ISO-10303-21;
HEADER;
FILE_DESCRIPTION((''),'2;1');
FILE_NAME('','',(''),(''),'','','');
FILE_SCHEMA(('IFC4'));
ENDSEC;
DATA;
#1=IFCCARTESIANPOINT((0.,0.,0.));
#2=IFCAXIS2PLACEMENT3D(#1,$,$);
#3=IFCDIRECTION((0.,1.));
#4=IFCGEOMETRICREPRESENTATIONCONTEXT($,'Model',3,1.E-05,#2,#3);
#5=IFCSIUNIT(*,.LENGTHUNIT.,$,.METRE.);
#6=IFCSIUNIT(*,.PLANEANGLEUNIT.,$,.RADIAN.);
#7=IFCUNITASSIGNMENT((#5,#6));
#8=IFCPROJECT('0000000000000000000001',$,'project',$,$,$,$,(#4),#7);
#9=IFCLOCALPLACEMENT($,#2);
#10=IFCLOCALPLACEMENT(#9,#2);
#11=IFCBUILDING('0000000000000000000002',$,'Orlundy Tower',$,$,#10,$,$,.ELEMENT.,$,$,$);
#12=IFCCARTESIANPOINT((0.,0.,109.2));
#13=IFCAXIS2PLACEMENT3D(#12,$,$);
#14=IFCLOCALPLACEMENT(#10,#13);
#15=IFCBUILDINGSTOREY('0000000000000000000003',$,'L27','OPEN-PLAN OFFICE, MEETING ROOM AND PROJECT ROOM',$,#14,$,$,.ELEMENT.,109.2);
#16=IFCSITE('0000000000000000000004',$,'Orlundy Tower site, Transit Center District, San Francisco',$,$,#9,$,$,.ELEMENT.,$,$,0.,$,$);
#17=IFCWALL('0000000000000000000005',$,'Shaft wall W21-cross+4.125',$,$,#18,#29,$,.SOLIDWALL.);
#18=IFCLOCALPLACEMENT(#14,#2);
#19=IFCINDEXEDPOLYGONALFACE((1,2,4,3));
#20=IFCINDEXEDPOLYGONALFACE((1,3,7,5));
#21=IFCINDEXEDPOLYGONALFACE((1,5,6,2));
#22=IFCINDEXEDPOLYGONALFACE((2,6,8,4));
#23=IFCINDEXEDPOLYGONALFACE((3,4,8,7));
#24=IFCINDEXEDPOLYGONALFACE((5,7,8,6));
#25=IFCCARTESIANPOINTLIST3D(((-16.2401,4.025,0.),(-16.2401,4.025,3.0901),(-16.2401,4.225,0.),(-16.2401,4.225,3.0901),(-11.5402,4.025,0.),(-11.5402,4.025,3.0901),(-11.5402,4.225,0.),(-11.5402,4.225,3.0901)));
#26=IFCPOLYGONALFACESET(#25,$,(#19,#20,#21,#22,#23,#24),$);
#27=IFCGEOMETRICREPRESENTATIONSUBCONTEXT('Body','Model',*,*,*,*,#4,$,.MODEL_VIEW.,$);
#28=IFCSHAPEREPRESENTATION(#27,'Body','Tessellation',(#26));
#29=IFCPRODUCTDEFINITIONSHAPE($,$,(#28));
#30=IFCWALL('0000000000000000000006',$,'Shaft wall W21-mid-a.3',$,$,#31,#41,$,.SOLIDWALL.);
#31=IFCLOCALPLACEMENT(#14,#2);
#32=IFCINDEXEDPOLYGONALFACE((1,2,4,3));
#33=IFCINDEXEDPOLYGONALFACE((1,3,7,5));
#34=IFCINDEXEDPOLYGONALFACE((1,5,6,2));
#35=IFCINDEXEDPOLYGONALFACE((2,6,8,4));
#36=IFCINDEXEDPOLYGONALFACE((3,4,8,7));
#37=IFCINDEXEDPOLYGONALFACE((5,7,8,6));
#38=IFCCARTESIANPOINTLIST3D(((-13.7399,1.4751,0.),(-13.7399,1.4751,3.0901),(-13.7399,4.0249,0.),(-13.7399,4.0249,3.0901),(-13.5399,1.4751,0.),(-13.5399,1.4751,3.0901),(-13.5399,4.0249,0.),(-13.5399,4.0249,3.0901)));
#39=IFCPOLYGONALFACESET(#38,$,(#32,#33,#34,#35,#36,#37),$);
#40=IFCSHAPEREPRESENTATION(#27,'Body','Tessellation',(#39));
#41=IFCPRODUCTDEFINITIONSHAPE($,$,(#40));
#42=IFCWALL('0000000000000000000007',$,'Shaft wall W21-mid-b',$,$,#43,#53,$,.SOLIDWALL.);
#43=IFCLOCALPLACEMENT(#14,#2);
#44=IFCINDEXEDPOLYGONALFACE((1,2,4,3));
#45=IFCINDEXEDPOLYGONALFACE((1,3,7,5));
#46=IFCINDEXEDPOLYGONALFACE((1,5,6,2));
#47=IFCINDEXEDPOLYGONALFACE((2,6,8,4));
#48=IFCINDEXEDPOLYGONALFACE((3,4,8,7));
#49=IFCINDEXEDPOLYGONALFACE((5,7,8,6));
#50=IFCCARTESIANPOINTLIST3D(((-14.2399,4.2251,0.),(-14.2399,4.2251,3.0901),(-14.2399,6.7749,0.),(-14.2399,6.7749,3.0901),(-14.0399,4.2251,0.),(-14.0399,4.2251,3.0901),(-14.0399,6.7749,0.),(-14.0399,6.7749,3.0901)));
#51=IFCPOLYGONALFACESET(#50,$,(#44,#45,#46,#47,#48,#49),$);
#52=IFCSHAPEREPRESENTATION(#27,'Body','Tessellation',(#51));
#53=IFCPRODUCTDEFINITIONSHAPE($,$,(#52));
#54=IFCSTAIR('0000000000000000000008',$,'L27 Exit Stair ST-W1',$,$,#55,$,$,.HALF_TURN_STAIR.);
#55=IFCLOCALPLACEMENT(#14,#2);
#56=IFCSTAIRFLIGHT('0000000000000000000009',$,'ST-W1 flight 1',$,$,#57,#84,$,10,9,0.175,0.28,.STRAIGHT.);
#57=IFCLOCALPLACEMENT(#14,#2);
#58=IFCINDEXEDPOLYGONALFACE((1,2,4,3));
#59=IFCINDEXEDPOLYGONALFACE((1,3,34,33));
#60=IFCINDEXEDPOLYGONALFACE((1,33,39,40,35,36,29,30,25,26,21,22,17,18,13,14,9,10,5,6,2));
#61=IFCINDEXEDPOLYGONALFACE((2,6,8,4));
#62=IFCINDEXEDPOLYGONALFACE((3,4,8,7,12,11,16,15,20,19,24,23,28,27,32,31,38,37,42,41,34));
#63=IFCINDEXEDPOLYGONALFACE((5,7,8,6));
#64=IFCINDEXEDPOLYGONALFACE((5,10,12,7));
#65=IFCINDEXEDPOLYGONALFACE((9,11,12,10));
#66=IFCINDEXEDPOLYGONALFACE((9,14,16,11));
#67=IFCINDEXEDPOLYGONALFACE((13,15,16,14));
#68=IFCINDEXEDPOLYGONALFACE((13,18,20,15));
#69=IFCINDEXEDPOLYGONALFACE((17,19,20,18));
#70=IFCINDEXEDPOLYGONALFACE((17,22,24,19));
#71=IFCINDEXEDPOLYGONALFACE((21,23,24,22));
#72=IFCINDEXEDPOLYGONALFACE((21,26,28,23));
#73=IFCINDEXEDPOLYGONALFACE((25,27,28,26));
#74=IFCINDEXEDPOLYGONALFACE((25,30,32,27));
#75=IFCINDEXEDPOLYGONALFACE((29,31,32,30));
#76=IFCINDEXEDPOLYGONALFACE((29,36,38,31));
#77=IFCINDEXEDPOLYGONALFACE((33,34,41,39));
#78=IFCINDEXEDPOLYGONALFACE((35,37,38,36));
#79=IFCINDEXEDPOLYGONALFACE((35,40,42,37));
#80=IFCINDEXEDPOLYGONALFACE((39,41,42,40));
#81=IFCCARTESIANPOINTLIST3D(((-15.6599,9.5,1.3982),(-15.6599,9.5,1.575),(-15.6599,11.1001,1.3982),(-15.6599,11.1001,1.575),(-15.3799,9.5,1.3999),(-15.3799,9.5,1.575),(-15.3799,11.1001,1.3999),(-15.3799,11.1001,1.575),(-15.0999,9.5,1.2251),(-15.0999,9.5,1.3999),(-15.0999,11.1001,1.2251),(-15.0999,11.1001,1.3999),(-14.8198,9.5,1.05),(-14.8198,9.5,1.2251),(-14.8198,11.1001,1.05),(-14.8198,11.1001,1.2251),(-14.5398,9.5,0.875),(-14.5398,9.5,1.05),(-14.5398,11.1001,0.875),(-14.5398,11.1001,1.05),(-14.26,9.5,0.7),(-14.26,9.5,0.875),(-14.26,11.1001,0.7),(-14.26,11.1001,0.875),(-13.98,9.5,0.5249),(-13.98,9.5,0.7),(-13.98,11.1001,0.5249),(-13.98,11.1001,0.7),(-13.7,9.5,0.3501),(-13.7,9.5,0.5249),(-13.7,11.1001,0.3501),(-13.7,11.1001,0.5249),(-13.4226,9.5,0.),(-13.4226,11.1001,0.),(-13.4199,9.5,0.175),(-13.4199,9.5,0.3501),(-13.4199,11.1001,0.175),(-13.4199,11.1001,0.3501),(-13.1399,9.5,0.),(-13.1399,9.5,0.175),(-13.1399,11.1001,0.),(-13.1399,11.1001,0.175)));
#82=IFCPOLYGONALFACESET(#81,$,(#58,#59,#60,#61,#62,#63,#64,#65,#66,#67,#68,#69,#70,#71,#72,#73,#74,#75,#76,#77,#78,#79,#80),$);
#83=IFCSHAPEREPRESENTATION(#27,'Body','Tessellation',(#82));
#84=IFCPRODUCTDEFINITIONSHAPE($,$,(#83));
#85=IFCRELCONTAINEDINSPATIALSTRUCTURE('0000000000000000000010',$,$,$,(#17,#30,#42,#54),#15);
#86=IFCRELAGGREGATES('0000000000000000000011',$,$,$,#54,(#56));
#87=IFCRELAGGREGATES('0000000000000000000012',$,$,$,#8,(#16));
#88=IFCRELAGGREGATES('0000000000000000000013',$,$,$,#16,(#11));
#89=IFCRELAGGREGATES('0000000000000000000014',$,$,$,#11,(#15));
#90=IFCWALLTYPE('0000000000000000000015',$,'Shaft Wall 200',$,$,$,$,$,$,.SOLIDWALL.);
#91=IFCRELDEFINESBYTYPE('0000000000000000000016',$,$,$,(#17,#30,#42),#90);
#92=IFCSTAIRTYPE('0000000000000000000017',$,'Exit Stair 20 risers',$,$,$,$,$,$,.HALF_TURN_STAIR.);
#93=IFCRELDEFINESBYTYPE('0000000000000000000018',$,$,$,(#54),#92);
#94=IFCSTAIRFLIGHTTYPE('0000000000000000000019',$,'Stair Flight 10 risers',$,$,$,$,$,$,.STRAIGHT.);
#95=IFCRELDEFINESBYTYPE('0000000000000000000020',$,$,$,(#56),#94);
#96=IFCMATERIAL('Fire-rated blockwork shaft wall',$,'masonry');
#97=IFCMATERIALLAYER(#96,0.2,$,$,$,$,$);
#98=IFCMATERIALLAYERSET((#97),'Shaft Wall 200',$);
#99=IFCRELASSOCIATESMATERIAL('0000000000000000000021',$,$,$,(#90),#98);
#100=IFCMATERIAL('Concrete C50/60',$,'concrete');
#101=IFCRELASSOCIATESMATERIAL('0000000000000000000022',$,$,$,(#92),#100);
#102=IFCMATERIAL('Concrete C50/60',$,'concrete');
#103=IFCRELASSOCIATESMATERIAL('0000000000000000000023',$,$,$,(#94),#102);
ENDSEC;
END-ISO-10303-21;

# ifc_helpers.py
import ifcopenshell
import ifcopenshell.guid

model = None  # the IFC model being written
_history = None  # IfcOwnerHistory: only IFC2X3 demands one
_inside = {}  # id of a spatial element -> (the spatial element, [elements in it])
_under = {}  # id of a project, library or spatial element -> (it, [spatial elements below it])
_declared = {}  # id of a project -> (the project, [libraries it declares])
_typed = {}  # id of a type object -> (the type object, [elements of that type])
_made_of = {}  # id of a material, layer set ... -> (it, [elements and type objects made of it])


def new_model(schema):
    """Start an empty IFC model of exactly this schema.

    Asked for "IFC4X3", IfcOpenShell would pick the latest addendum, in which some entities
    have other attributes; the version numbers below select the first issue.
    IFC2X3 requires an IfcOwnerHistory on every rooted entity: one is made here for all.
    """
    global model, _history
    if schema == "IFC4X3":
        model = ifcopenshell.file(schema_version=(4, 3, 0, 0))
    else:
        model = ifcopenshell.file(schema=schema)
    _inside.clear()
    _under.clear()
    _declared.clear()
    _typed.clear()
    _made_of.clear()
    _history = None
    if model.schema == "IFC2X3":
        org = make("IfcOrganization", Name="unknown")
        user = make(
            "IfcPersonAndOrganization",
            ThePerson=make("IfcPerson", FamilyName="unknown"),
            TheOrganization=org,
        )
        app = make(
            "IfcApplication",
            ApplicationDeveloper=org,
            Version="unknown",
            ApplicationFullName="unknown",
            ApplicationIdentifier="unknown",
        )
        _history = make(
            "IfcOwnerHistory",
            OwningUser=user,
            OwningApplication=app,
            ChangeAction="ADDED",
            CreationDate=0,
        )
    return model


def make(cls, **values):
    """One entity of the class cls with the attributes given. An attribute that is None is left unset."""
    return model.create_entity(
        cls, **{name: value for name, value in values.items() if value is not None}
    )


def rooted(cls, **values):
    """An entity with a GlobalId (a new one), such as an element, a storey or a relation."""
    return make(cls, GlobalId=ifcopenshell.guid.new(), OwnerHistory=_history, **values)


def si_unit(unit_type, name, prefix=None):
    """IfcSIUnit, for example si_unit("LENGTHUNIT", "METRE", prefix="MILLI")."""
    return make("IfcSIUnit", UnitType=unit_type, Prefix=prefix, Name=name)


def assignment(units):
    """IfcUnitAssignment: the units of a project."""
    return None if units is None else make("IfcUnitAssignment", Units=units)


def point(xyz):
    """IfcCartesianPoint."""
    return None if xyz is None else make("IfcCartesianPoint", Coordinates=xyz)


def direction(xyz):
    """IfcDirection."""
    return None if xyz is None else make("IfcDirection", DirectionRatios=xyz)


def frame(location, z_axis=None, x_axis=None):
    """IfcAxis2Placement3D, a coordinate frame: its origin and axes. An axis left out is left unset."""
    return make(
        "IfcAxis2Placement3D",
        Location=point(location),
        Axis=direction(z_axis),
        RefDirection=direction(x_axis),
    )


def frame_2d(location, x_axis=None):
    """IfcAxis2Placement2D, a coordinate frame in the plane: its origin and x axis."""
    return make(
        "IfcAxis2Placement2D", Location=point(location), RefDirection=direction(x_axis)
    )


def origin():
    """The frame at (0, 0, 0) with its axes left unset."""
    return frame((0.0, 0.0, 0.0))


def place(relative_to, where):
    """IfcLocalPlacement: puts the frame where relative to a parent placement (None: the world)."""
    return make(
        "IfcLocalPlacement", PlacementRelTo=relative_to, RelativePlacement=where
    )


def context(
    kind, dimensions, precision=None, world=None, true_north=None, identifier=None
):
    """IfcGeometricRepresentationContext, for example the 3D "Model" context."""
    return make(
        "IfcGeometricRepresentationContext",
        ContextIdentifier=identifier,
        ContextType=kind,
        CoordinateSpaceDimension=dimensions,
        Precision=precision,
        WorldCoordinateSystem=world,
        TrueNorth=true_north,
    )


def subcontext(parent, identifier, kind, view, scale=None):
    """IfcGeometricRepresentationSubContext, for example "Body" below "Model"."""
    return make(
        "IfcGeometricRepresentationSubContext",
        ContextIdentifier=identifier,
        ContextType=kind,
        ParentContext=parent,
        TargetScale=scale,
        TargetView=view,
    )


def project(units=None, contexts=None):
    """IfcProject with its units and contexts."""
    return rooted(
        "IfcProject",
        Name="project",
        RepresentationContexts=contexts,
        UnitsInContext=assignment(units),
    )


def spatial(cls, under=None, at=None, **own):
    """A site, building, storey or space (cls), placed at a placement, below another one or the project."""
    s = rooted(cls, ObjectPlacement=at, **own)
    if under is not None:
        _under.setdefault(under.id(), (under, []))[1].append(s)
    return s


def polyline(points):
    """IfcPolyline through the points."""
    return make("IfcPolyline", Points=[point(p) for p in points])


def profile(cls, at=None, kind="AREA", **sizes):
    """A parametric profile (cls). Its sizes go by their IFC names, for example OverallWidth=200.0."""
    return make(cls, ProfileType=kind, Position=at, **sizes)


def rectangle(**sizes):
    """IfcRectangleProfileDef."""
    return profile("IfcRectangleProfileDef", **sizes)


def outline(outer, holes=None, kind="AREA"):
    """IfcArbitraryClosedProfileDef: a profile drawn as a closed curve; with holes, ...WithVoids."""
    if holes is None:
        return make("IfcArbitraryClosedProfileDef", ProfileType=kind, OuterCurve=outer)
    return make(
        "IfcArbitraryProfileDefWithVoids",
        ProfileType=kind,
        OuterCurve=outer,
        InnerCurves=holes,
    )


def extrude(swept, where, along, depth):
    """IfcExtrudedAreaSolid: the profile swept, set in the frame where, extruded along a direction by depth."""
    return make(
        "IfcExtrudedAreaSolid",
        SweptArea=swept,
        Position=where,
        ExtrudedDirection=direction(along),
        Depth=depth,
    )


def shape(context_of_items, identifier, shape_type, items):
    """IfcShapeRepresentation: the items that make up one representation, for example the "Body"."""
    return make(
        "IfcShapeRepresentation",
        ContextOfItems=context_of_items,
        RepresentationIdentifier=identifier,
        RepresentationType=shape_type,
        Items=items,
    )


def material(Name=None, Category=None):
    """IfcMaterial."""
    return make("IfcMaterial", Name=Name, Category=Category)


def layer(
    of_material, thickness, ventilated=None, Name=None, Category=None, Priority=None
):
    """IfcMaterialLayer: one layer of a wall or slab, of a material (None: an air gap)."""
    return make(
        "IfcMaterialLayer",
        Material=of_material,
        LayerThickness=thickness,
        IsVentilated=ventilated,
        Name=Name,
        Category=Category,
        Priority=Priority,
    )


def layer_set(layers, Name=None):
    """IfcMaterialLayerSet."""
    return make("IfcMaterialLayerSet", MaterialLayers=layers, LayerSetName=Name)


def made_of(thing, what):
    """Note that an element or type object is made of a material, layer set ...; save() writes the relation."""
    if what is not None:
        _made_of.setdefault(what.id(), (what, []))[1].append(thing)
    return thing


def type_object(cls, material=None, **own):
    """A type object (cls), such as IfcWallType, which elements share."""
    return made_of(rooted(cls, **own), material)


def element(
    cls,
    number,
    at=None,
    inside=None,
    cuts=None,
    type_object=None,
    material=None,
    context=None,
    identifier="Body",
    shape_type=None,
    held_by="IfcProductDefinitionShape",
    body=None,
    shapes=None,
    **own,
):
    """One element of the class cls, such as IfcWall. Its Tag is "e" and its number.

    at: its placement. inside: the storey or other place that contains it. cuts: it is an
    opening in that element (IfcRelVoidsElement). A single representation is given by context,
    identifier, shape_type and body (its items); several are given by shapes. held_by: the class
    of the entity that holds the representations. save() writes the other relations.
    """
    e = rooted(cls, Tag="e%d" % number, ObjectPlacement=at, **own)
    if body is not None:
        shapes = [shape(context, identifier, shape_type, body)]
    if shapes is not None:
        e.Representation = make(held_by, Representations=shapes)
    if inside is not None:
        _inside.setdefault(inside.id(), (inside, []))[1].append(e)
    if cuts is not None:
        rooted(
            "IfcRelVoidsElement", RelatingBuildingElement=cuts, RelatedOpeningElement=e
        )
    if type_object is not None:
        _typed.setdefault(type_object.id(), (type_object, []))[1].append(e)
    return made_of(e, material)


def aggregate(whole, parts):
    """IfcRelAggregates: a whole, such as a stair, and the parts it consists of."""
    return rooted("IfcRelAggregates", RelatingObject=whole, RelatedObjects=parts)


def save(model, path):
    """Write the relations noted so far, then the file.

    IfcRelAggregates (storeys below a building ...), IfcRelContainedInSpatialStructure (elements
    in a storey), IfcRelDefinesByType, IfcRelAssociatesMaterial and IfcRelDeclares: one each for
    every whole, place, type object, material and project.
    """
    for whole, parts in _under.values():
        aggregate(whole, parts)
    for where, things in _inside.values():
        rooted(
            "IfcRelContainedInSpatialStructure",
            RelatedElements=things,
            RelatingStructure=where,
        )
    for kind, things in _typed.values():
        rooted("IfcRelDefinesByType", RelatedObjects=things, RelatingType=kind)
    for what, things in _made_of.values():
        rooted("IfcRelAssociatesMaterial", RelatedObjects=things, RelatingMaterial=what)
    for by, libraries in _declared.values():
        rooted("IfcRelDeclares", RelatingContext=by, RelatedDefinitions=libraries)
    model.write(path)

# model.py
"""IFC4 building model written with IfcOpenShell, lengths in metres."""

from ifc_helpers import new_model, si_unit, direction, frame, frame_2d, origin, place, context, subcontext, project, spatial, polyline, rectangle, outline, extrude, material, layer, layer_set, type_object, element, aggregate, save


model = new_model("IFC4")

# Units and contexts
model_context = context("Model", 3, precision=1e-05, world=origin(), true_north=direction((0.0, 1.0)))
body_context = subcontext(model_context, "Body", "Model", "MODEL_VIEW")
ifc_project = project(units=[si_unit("LENGTHUNIT", "METRE"), si_unit("PLANEANGLEUNIT", "RADIAN")], contexts=[model_context])

# Site, building, storey
site_placement = place(None, origin())
site = spatial("IfcSite", under=ifc_project, at=site_placement, Name="Orlundy Tower site, Transit Center District, San Francisco", CompositionType="ELEMENT", RefElevation=0.0)
building_placement = place(site_placement, origin())
building = spatial("IfcBuilding", under=site, at=building_placement, Name="Orlundy Tower", CompositionType="ELEMENT")
storey_placement = place(building_placement, frame((0.0, 0.0, 109.2)))
storey = spatial("IfcBuildingStorey", under=building, at=storey_placement, Name="L27", Description="OPEN-PLAN OFFICE, MEETING ROOM AND PROJECT ROOM", CompositionType="ELEMENT", Elevation=109.2)

# Walls
ifc_material_1 = material(Name="Fire-rated blockwork shaft wall", Category="masonry")
ifc_layer_1 = layer(ifc_material_1, 0.2)
ifc_layer_set_1 = layer_set([ifc_layer_1], Name="Shaft Wall 200")
wall_type_1 = type_object("IfcWallType", Name="Shaft Wall 200", PredefinedType="SOLIDWALL", material=ifc_layer_set_1)
wall_1_placement = place(storey_placement, frame((-11.54, 4.125, 0.0), z_axis=(0.0, 0.0, 1.0), x_axis=(-1.0, 0.0, 0.0)))
element("IfcWall", 1, at=wall_1_placement, inside=storey, type_object=wall_type_1, Name="Shaft wall W21-cross+4.125", PredefinedType="SOLIDWALL", context=body_context, shape_type="SweptSolid", body=[
    extrude(rectangle(XDim=4.7, YDim=0.2, at=frame_2d((2.3501, 0.0))), origin(), (0.0, 0.0, 1.0), 3.0901),
])
for number, where, z_axis, x_axis, name in (
    (2, (-13.6399, 1.4751, 0.0), (0.0, 0.0, 1.0), (0.0, 1.0, 0.0), "Shaft wall W21-mid-a.3"),
    (3, (-14.1399, 4.2251, 0.0), (0.0, 0.0, 1.0), (0.0, 1.0, 0.0), "Shaft wall W21-mid-b"),
):
    element("IfcWall", number, at=place(storey_placement, frame(where, z_axis=z_axis, x_axis=x_axis)), inside=storey, type_object=wall_type_1, Name=name, PredefinedType="SOLIDWALL", context=body_context, shape_type="SweptSolid", body=[
        extrude(rectangle(XDim=2.5498, YDim=0.2, at=frame_2d((1.2749, 0.0))), origin(), (0.0, 0.0, 1.0), 3.0901),
    ])

# Stair, stair flight
ifc_material_2 = material(Name="Concrete C50/60", Category="concrete")
stair_type = type_object("IfcStairType", Name="Exit Stair 20 risers", PredefinedType="HALF_TURN_STAIR", material=ifc_material_2)
stair_placement = place(storey_placement, origin())
stair = element("IfcStair", 4, at=stair_placement, inside=storey, type_object=stair_type, Name="L27 Exit Stair ST-W1", PredefinedType="HALF_TURN_STAIR")
ifc_material_3 = material(Name="Concrete C50/60", Category="concrete")
stair_flight_type = type_object("IfcStairFlightType", Name="Stair Flight 10 risers", PredefinedType="STRAIGHT", material=ifc_material_3)
stair_flight_placement = place(storey_placement, frame((-13.1399, 10.3, 0.0), z_axis=(0.0, 0.0, 1.0), x_axis=(-1.0, 0.0, 0.0)))
stair_flight = element("IfcStairFlight", 5, at=stair_flight_placement, type_object=stair_flight_type, Name="ST-W1 flight 1", NumberOfRisers=10, NumberOfTreads=9, PredefinedType="STRAIGHT", RiserHeight=0.175, TreadLength=0.28, context=body_context, shape_type="SweptSolid", body=[
    extrude(outline(polyline([(0.0, 0.0), (0.0, 0.175), (0.28, 0.175), (0.28, 0.3501), (0.5601, 0.3501), (0.5601, 0.5249), (0.8401, 0.5249), (0.8401, 0.7), (1.1201, 0.7), (1.1201, 0.875), (1.3999, 0.875), (1.3999, 1.05), (1.6799, 1.05), (1.6799, 1.2251), (1.96, 1.2251), (1.96, 1.3999), (2.24, 1.3999), (2.24, 1.575), (2.52, 1.575), (2.52, 1.75), (2.52, 1.3982), (0.2827, 0.0), (0.0, 0.0)])), frame((0.0, 0.8, 0.0), z_axis=(0.0, -1.0, 0.0), x_axis=(1.0, 0.0, 0.0)), (0.0, 0.0, 1.0), 1.6001),
])
aggregate(stair, [stair_flight])

save(model, "model.ifc")
